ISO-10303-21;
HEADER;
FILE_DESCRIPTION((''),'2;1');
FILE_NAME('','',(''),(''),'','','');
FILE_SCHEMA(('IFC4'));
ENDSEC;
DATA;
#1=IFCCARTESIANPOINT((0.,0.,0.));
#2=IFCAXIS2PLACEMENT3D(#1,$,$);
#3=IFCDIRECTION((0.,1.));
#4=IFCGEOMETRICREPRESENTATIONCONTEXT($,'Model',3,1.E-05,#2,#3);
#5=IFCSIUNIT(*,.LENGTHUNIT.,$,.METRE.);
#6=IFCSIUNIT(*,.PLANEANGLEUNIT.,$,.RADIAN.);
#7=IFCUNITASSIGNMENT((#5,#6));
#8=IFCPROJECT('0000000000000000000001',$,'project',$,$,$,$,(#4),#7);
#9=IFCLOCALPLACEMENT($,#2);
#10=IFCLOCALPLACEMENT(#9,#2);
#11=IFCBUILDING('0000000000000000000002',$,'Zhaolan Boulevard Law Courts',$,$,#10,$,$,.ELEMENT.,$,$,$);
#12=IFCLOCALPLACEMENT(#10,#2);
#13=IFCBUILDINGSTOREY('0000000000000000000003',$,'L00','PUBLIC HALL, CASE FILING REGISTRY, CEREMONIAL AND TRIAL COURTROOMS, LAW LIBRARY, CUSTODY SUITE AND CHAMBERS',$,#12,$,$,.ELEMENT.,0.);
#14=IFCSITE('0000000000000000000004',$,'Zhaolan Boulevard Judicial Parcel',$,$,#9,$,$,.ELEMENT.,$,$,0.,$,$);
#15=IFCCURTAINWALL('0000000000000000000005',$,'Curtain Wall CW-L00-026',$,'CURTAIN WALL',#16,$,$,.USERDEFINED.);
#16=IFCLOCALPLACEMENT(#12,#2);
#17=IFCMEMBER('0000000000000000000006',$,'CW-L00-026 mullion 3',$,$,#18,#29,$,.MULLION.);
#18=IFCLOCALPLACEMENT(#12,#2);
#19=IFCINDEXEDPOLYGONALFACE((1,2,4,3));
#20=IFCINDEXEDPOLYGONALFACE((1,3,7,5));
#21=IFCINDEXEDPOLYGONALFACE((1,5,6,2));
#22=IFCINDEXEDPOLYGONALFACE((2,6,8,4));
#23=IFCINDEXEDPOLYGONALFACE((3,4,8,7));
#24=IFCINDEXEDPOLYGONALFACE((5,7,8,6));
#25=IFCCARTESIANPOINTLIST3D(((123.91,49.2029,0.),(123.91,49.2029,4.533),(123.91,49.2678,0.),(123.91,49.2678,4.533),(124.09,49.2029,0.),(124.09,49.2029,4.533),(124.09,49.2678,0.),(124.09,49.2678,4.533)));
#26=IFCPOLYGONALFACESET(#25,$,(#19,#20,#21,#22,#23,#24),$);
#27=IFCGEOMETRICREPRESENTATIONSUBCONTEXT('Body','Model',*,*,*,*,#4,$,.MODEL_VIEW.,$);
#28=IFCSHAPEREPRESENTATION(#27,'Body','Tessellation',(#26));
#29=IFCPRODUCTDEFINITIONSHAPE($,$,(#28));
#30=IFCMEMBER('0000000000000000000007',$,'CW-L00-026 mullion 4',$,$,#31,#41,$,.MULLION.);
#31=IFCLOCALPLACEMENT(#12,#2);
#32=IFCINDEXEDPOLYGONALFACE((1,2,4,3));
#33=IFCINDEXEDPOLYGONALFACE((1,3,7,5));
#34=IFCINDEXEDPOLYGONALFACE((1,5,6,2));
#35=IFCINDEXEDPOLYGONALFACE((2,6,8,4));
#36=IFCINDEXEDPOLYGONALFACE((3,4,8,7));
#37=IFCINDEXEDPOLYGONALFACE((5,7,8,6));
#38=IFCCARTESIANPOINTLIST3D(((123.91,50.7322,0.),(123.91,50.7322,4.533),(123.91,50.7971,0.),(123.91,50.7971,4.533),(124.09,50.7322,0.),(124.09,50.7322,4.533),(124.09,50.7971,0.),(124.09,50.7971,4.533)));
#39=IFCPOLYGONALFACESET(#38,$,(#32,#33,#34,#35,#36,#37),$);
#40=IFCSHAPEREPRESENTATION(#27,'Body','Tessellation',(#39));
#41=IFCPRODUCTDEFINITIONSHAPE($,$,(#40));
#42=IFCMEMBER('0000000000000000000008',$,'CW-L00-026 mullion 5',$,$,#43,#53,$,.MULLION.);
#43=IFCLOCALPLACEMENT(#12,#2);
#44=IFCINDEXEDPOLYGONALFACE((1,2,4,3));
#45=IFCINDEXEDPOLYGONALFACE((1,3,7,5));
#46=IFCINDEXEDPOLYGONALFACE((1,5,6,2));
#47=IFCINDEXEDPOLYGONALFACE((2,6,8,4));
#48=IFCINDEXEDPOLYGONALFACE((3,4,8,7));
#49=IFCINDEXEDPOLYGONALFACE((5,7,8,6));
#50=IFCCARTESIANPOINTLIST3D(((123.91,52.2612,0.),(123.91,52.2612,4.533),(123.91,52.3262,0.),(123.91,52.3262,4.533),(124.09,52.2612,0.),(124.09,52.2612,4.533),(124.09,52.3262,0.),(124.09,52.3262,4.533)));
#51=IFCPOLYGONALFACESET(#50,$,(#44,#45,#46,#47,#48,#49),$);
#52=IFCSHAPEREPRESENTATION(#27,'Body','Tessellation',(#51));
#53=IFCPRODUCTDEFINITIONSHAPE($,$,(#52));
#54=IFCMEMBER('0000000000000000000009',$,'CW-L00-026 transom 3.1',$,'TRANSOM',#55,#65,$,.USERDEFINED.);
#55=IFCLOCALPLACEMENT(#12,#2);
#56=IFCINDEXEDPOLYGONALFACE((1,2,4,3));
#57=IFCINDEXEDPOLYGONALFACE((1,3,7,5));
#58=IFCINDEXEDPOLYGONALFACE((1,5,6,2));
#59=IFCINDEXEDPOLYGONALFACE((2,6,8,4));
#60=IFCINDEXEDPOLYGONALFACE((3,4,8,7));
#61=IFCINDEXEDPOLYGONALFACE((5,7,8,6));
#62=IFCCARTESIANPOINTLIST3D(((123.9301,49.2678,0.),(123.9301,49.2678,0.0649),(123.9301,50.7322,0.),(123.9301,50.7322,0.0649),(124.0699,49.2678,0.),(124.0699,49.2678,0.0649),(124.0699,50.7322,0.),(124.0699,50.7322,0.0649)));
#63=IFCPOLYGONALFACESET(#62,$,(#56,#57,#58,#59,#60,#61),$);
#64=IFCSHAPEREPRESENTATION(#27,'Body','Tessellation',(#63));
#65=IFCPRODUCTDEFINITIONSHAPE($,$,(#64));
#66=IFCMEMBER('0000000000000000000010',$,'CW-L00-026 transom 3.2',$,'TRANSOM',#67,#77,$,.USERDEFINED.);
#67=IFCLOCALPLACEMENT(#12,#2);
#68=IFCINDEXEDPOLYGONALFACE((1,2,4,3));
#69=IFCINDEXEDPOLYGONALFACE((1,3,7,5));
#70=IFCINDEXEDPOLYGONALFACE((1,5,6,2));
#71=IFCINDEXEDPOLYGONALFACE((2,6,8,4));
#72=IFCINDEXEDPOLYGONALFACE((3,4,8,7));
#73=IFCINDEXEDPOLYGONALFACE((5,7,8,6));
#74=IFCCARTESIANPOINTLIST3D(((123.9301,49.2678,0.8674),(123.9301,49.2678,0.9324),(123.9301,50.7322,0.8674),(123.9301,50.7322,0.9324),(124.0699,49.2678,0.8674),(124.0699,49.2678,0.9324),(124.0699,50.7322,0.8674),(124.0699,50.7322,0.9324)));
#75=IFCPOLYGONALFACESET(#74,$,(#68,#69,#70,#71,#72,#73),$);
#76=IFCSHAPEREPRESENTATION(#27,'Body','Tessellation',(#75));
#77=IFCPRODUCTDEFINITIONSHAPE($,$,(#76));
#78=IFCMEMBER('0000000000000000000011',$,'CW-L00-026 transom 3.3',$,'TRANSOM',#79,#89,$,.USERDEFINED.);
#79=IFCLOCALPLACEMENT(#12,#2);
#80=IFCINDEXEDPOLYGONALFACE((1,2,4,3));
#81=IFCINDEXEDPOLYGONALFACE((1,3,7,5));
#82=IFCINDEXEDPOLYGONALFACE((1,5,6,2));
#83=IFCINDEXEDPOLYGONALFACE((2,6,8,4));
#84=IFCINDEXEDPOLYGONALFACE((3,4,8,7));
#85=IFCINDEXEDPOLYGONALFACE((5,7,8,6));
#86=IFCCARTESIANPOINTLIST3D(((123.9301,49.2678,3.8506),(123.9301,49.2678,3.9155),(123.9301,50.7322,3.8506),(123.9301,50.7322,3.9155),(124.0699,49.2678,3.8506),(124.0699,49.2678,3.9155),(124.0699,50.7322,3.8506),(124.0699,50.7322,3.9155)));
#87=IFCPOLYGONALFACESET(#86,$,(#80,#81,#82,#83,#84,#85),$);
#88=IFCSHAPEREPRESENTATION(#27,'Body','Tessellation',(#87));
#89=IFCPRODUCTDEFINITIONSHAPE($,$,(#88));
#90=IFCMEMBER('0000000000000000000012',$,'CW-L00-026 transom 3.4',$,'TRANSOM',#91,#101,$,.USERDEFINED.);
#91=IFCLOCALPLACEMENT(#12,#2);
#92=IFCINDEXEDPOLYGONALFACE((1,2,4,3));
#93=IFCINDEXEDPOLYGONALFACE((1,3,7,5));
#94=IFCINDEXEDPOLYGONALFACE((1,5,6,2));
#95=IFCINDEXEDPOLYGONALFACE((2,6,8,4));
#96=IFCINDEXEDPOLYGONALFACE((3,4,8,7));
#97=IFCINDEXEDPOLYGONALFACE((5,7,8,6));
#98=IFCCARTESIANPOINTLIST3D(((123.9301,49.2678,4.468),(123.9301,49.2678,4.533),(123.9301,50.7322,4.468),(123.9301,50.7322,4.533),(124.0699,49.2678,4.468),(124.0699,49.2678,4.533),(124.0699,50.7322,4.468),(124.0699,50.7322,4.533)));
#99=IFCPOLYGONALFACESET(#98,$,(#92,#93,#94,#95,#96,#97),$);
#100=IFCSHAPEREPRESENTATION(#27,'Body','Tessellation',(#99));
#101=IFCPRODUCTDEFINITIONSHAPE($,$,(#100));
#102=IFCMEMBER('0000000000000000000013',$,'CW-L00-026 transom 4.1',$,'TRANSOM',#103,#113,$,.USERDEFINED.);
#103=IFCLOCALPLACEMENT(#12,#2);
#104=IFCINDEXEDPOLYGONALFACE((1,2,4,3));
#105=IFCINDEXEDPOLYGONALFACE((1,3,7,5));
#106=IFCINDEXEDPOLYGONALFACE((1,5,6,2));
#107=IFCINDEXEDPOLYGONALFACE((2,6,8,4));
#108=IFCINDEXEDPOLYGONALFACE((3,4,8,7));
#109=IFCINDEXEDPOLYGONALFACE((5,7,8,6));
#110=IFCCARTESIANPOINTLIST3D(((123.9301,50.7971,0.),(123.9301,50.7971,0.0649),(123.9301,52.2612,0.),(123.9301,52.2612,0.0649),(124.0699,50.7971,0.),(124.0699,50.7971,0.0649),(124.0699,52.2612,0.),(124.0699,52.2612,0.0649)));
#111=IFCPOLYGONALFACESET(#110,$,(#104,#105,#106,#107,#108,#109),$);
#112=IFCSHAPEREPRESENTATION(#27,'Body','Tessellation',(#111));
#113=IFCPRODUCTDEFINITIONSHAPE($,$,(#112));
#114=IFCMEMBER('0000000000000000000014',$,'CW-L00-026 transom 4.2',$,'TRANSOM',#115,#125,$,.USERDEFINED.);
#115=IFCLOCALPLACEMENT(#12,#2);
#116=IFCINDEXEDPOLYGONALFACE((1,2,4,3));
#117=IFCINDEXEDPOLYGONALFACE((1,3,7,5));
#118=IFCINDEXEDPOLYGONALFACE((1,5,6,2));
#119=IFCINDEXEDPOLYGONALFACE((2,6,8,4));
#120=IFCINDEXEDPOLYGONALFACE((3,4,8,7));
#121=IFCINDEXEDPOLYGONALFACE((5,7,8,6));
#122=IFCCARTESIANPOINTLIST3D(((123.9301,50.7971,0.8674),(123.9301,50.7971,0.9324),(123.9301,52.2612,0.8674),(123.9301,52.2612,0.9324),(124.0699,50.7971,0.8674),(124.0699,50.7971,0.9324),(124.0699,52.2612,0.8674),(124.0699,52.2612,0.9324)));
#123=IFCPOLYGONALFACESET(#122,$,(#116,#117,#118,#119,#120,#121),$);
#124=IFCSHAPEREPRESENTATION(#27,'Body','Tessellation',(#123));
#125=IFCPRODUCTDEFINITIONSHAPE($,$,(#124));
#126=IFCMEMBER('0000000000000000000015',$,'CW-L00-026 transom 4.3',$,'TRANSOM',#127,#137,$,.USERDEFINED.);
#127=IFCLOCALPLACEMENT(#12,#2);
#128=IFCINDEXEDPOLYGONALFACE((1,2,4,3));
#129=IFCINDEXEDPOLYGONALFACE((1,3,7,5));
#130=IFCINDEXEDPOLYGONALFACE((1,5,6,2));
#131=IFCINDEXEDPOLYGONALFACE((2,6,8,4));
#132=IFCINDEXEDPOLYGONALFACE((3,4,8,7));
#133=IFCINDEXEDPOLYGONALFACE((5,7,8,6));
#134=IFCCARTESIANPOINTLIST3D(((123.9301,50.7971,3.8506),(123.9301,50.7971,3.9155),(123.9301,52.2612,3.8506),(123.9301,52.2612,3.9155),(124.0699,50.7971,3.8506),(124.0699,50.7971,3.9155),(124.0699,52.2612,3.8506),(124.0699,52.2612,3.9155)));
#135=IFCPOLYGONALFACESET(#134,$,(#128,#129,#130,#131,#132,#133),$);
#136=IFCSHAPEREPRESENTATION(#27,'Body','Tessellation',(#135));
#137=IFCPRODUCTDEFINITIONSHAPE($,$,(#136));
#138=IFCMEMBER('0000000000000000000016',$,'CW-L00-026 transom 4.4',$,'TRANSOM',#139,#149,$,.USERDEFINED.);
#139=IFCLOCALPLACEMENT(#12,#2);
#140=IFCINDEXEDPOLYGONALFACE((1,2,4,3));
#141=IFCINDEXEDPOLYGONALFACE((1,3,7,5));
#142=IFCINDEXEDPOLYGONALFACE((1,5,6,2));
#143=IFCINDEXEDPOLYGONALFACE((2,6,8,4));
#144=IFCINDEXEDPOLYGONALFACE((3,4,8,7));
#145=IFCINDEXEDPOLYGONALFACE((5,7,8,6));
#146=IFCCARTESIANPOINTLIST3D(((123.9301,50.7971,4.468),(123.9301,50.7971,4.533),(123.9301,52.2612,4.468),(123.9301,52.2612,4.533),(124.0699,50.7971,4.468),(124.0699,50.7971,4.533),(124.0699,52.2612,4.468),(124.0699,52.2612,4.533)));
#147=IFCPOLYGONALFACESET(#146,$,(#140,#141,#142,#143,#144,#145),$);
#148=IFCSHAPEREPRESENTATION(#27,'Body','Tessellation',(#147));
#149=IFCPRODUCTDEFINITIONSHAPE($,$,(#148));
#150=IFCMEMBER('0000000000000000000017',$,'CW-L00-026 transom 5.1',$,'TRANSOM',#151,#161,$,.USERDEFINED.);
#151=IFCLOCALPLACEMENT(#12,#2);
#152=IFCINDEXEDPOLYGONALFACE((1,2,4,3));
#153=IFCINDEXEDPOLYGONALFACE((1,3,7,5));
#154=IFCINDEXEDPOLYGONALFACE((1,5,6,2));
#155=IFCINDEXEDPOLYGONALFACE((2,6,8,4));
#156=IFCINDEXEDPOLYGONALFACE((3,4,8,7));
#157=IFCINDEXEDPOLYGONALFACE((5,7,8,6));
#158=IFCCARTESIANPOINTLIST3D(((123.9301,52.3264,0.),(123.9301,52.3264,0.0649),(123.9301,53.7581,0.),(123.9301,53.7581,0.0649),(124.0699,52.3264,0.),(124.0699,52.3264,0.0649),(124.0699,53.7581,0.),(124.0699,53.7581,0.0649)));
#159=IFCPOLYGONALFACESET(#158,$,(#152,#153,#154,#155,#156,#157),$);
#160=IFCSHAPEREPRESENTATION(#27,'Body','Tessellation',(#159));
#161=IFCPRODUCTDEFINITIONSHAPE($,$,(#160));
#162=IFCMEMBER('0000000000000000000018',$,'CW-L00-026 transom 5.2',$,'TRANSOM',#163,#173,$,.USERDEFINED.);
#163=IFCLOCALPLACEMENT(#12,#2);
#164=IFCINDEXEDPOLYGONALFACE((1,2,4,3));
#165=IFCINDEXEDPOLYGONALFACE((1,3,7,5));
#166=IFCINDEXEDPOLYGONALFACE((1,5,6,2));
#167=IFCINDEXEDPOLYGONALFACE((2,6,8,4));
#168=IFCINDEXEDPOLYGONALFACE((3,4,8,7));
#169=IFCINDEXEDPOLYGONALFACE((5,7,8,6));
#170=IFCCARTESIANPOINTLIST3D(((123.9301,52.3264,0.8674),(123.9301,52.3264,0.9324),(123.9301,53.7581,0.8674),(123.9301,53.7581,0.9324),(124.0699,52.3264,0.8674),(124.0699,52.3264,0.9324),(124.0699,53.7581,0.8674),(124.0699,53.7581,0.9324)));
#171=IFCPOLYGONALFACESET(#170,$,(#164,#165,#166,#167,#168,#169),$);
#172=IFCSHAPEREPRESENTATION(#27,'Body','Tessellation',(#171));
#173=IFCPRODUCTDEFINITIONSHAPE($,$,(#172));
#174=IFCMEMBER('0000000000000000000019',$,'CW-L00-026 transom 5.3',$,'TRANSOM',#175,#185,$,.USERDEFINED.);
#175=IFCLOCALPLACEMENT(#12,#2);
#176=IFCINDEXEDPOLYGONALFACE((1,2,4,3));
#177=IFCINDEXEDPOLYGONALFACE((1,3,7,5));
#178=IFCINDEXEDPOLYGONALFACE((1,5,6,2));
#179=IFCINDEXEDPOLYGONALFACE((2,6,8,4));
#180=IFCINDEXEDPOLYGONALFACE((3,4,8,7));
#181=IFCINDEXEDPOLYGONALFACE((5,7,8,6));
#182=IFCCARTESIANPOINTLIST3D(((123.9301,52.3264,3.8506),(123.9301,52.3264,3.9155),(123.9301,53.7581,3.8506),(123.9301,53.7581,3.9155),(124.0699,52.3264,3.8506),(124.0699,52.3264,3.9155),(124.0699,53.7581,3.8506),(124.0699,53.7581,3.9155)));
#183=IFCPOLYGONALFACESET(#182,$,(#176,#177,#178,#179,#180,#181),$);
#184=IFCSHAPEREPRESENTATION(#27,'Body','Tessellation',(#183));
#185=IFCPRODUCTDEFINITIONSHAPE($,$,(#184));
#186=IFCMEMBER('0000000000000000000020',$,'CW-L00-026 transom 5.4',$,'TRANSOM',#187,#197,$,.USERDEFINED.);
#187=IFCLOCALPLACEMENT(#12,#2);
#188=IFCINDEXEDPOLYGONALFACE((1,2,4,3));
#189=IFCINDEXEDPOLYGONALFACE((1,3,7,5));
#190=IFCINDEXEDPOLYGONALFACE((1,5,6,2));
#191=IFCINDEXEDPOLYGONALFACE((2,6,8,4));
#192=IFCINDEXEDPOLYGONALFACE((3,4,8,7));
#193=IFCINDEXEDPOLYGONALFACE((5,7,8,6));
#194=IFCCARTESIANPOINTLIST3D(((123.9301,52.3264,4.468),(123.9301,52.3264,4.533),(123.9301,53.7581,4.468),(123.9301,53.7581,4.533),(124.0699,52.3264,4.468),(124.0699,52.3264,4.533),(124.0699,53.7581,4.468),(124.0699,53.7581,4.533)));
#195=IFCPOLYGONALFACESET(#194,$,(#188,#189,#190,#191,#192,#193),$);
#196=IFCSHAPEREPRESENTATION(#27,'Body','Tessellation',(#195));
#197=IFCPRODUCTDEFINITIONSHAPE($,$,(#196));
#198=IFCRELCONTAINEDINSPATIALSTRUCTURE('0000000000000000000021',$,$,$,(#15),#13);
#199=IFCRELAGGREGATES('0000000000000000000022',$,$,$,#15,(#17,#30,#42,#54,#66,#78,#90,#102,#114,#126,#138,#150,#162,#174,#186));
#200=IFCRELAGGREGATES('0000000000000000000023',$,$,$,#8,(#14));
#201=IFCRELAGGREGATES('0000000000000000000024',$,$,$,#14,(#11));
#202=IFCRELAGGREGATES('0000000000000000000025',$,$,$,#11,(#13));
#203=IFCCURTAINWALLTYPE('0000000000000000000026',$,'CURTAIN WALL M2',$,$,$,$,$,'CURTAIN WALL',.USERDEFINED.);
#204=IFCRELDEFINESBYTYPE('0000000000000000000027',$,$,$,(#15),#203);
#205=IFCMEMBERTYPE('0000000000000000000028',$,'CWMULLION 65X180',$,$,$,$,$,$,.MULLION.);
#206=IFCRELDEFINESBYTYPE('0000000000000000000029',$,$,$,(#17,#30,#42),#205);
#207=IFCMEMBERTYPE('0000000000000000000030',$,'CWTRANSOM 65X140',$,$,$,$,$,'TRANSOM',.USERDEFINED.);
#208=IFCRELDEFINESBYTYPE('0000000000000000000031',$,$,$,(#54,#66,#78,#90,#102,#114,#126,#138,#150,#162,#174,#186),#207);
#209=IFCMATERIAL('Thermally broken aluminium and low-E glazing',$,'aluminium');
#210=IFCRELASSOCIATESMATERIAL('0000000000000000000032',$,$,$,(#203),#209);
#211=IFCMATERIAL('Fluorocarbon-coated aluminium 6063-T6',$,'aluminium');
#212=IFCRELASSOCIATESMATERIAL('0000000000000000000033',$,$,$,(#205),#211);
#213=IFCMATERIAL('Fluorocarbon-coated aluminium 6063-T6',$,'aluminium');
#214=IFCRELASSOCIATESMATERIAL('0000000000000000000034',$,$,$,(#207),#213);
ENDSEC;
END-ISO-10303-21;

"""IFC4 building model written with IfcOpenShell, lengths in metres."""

from ifc_helpers import new_model, si_unit, direction, frame, origin, origin_2d, place, context, subcontext, project, spatial, rectangle, extrude, material, material_profile, profile_set, type_object, element, aggregate, save


model = new_model("IFC4")

# Units and contexts
model_context = context("Model", 3, precision=1e-05, world=origin(), true_north=direction((0.0, 1.0)))
body_context = subcontext(model_context, "Body", "Model", "MODEL_VIEW")
ifc_project = project(units=[si_unit("LENGTHUNIT", "METRE"), si_unit("PLANEANGLEUNIT", "RADIAN")], contexts=[model_context])

# Site, building, storey
site_placement = place(None, origin())
site = spatial("IfcSite", under=ifc_project, at=site_placement, Name="Zhaolan Boulevard Judicial Parcel", CompositionType="ELEMENT", RefElevation=0.0)
building_placement = place(site_placement, origin())
building = spatial("IfcBuilding", under=site, at=building_placement, Name="Zhaolan Boulevard Law Courts", CompositionType="ELEMENT")
storey_placement = place(building_placement, origin())
storey = spatial("IfcBuildingStorey", under=building, at=storey_placement, Name="L00", Description="PUBLIC HALL, CASE FILING REGISTRY, CEREMONIAL AND TRIAL COURTROOMS, LAW LIBRARY, CUSTODY SUITE AND CHAMBERS", CompositionType="ELEMENT", Elevation=0.0)

# Curtain wall, members
ifc_material_1 = material(Name="Thermally broken aluminium and low-E glazing", Category="aluminium")
curtain_wall_type = type_object("IfcCurtainWallType", Name="CURTAIN WALL M2", ElementType="CURTAIN WALL", PredefinedType="USERDEFINED", material=ifc_material_1)
curtain_wall_placement = place(storey_placement, origin())
curtain_wall = element("IfcCurtainWall", 1, at=curtain_wall_placement, inside=storey, type_object=curtain_wall_type, Name="Curtain Wall CW-L00-026", ObjectType="CURTAIN WALL", PredefinedType="USERDEFINED")
ifc_material_2 = material(Name="Fluorocarbon-coated aluminium 6063-T6", Category="aluminium")
ifc_material_profile_1 = material_profile(ifc_material_2, rectangle(XDim=0.1799, YDim=0.0649, at=origin_2d()), Name="AL65x180")
ifc_profile_set_1 = profile_set([ifc_material_profile_1], Name="Fluorocarbon-coated aluminium 6063-T6")
member_type_1 = type_object("IfcMemberType", Name="CWMULLION 65X180", PredefinedType="MULLION", material=ifc_profile_set_1)
member_1_placement = place(storey_placement, frame((124.0, 49.2354, 0.0), z_axis=(0.0, 0.0, 1.0), x_axis=(-1.0, 0.0, 0.0)))
member_1 = element("IfcMember", 2, at=member_1_placement, type_object=member_type_1, Name="CW-L00-026 mullion 3", PredefinedType="MULLION", context=body_context, shape_type="SweptSolid", body=[
    extrude(rectangle(XDim=0.1799, YDim=0.0649, at=origin_2d()), origin(), (0.0, 0.0, 1.0), 4.533),
])
member_2_placement = place(storey_placement, frame((124.0, 50.7646, 0.0), z_axis=(0.0, 0.0, 1.0), x_axis=(-1.0, 0.0, 0.0)))
member_2 = element("IfcMember", 3, at=member_2_placement, type_object=member_type_1, Name="CW-L00-026 mullion 4", PredefinedType="MULLION", context=body_context, shape_type="SweptSolid", body=[
    extrude(rectangle(XDim=0.1799, YDim=0.0649, at=origin_2d()), origin(), (0.0, 0.0, 1.0), 4.533),
])
member_3_placement = place(storey_placement, frame((124.0, 52.2937, 0.0), z_axis=(0.0, 0.0, 1.0), x_axis=(-1.0, 0.0, 0.0)))
member_3 = element("IfcMember", 4, at=member_3_placement, type_object=member_type_1, Name="CW-L00-026 mullion 5", PredefinedType="MULLION", context=body_context, shape_type="SweptSolid", body=[
    extrude(rectangle(XDim=0.1799, YDim=0.0649, at=origin_2d()), origin(), (0.0, 0.0, 1.0), 4.533),
])
ifc_material_3 = material(Name="Fluorocarbon-coated aluminium 6063-T6", Category="aluminium")
ifc_material_profile_2 = material_profile(ifc_material_3, rectangle(XDim=0.1399, YDim=0.0649, at=origin_2d()), Name="AL65x140")
ifc_profile_set_2 = profile_set([ifc_material_profile_2], Name="Fluorocarbon-coated aluminium 6063-T6")
member_type_2 = type_object("IfcMemberType", Name="CWTRANSOM 65X140", ElementType="TRANSOM", PredefinedType="USERDEFINED", material=ifc_profile_set_2)
member_4_placement = place(storey_placement, frame((124.0, 49.2678, 0.0325), z_axis=(0.0, 1.0, 0.0), x_axis=(-1.0, 0.0, 0.0)))
member_4 = element("IfcMember", 5, at=member_4_placement, type_object=member_type_2, Name="CW-L00-026 transom 3.1", ObjectType="TRANSOM", PredefinedType="USERDEFINED", context=body_context, shape_type="SweptSolid", body=[
    extrude(rectangle(XDim=0.1399, YDim=0.0649, at=origin_2d()), origin(), (0.0, 0.0, 1.0), 1.4644),
])
member_5_placement = place(storey_placement, frame((124.0, 49.2678, 0.8999), z_axis=(0.0, 1.0, 0.0), x_axis=(-1.0, 0.0, 0.0)))
member_5 = element("IfcMember", 6, at=member_5_placement, type_object=member_type_2, Name="CW-L00-026 transom 3.2", ObjectType="TRANSOM", PredefinedType="USERDEFINED", context=body_context, shape_type="SweptSolid", body=[
    extrude(rectangle(XDim=0.1399, YDim=0.0649, at=origin_2d()), origin(), (0.0, 0.0, 1.0), 1.4644),
])
member_6_placement = place(storey_placement, frame((124.0, 49.2678, 3.8831), z_axis=(0.0, 1.0, 0.0), x_axis=(-1.0, 0.0, 0.0)))
member_6 = element("IfcMember", 7, at=member_6_placement, type_object=member_type_2, Name="CW-L00-026 transom 3.3", ObjectType="TRANSOM", PredefinedType="USERDEFINED", context=body_context, shape_type="SweptSolid", body=[
    extrude(rectangle(XDim=0.1399, YDim=0.0649, at=origin_2d()), origin(), (0.0, 0.0, 1.0), 1.4644),
])
member_7_placement = place(storey_placement, frame((124.0, 49.2678, 4.5005), z_axis=(0.0, 1.0, 0.0), x_axis=(-1.0, 0.0, 0.0)))
member_7 = element("IfcMember", 8, at=member_7_placement, type_object=member_type_2, Name="CW-L00-026 transom 3.4", ObjectType="TRANSOM", PredefinedType="USERDEFINED", context=body_context, shape_type="SweptSolid", body=[
    extrude(rectangle(XDim=0.1399, YDim=0.0649, at=origin_2d()), origin(), (0.0, 0.0, 1.0), 1.4644),
])
member_8_placement = place(storey_placement, frame((124.0, 50.7971, 0.0325), z_axis=(0.0, 1.0, 0.0), x_axis=(-1.0, 0.0, 0.0)))
member_8 = element("IfcMember", 9, at=member_8_placement, type_object=member_type_2, Name="CW-L00-026 transom 4.1", ObjectType="TRANSOM", PredefinedType="USERDEFINED", context=body_context, shape_type="SweptSolid", body=[
    extrude(rectangle(XDim=0.1399, YDim=0.0649, at=origin_2d()), origin(), (0.0, 0.0, 1.0), 1.4641),
])
member_9_placement = place(storey_placement, frame((124.0, 50.7971, 0.8999), z_axis=(0.0, 1.0, 0.0), x_axis=(-1.0, 0.0, 0.0)))
member_9 = element("IfcMember", 10, at=member_9_placement, type_object=member_type_2, Name="CW-L00-026 transom 4.2", ObjectType="TRANSOM", PredefinedType="USERDEFINED", context=body_context, shape_type="SweptSolid", body=[
    extrude(rectangle(XDim=0.1399, YDim=0.0649, at=origin_2d()), origin(), (0.0, 0.0, 1.0), 1.4641),
])
member_10_placement = place(storey_placement, frame((124.0, 50.7971, 3.8831), z_axis=(0.0, 1.0, 0.0), x_axis=(-1.0, 0.0, 0.0)))
member_10 = element("IfcMember", 11, at=member_10_placement, type_object=member_type_2, Name="CW-L00-026 transom 4.3", ObjectType="TRANSOM", PredefinedType="USERDEFINED", context=body_context, shape_type="SweptSolid", body=[
    extrude(rectangle(XDim=0.1399, YDim=0.0649, at=origin_2d()), origin(), (0.0, 0.0, 1.0), 1.4641),
])
member_11_placement = place(storey_placement, frame((124.0, 50.7971, 4.5005), z_axis=(0.0, 1.0, 0.0), x_axis=(-1.0, 0.0, 0.0)))
member_11 = element("IfcMember", 12, at=member_11_placement, type_object=member_type_2, Name="CW-L00-026 transom 4.4", ObjectType="TRANSOM", PredefinedType="USERDEFINED", context=body_context, shape_type="SweptSolid", body=[
    extrude(rectangle(XDim=0.1399, YDim=0.0649, at=origin_2d()), origin(), (0.0, 0.0, 1.0), 1.4641),
])
member_12_placement = place(storey_placement, frame((124.0, 52.3264, 0.0325), z_axis=(0.0, 1.0, 0.0), x_axis=(-1.0, 0.0, 0.0)))
member_12 = element("IfcMember", 13, at=member_12_placement, type_object=member_type_2, Name="CW-L00-026 transom 5.1", ObjectType="TRANSOM", PredefinedType="USERDEFINED", context=body_context, shape_type="SweptSolid", body=[
    extrude(rectangle(XDim=0.1399, YDim=0.0649, at=origin_2d()), origin(), (0.0, 0.0, 1.0), 1.4316),
])
member_13_placement = place(storey_placement, frame((124.0, 52.3264, 0.8999), z_axis=(0.0, 1.0, 0.0), x_axis=(-1.0, 0.0, 0.0)))
member_13 = element("IfcMember", 14, at=member_13_placement, type_object=member_type_2, Name="CW-L00-026 transom 5.2", ObjectType="TRANSOM", PredefinedType="USERDEFINED", context=body_context, shape_type="SweptSolid", body=[
    extrude(rectangle(XDim=0.1399, YDim=0.0649, at=origin_2d()), origin(), (0.0, 0.0, 1.0), 1.4316),
])
member_14_placement = place(storey_placement, frame((124.0, 52.3264, 3.8831), z_axis=(0.0, 1.0, 0.0), x_axis=(-1.0, 0.0, 0.0)))
member_14 = element("IfcMember", 15, at=member_14_placement, type_object=member_type_2, Name="CW-L00-026 transom 5.3", ObjectType="TRANSOM", PredefinedType="USERDEFINED", context=body_context, shape_type="SweptSolid", body=[
    extrude(rectangle(XDim=0.1399, YDim=0.0649, at=origin_2d()), origin(), (0.0, 0.0, 1.0), 1.4316),
])
member_15_placement = place(storey_placement, frame((124.0, 52.3264, 4.5005), z_axis=(0.0, 1.0, 0.0), x_axis=(-1.0, 0.0, 0.0)))
member_15 = element("IfcMember", 16, at=member_15_placement, type_object=member_type_2, Name="CW-L00-026 transom 5.4", ObjectType="TRANSOM", PredefinedType="USERDEFINED", context=body_context, shape_type="SweptSolid", body=[
    extrude(rectangle(XDim=0.1399, YDim=0.0649, at=origin_2d()), origin(), (0.0, 0.0, 1.0), 1.4316),
])
aggregate(curtain_wall, [member_1, member_2, member_3, member_4, member_5, member_6, member_7, member_8, member_9, member_10, member_11, member_12, member_13, member_14, member_15])

save(model, "model.ifc")
